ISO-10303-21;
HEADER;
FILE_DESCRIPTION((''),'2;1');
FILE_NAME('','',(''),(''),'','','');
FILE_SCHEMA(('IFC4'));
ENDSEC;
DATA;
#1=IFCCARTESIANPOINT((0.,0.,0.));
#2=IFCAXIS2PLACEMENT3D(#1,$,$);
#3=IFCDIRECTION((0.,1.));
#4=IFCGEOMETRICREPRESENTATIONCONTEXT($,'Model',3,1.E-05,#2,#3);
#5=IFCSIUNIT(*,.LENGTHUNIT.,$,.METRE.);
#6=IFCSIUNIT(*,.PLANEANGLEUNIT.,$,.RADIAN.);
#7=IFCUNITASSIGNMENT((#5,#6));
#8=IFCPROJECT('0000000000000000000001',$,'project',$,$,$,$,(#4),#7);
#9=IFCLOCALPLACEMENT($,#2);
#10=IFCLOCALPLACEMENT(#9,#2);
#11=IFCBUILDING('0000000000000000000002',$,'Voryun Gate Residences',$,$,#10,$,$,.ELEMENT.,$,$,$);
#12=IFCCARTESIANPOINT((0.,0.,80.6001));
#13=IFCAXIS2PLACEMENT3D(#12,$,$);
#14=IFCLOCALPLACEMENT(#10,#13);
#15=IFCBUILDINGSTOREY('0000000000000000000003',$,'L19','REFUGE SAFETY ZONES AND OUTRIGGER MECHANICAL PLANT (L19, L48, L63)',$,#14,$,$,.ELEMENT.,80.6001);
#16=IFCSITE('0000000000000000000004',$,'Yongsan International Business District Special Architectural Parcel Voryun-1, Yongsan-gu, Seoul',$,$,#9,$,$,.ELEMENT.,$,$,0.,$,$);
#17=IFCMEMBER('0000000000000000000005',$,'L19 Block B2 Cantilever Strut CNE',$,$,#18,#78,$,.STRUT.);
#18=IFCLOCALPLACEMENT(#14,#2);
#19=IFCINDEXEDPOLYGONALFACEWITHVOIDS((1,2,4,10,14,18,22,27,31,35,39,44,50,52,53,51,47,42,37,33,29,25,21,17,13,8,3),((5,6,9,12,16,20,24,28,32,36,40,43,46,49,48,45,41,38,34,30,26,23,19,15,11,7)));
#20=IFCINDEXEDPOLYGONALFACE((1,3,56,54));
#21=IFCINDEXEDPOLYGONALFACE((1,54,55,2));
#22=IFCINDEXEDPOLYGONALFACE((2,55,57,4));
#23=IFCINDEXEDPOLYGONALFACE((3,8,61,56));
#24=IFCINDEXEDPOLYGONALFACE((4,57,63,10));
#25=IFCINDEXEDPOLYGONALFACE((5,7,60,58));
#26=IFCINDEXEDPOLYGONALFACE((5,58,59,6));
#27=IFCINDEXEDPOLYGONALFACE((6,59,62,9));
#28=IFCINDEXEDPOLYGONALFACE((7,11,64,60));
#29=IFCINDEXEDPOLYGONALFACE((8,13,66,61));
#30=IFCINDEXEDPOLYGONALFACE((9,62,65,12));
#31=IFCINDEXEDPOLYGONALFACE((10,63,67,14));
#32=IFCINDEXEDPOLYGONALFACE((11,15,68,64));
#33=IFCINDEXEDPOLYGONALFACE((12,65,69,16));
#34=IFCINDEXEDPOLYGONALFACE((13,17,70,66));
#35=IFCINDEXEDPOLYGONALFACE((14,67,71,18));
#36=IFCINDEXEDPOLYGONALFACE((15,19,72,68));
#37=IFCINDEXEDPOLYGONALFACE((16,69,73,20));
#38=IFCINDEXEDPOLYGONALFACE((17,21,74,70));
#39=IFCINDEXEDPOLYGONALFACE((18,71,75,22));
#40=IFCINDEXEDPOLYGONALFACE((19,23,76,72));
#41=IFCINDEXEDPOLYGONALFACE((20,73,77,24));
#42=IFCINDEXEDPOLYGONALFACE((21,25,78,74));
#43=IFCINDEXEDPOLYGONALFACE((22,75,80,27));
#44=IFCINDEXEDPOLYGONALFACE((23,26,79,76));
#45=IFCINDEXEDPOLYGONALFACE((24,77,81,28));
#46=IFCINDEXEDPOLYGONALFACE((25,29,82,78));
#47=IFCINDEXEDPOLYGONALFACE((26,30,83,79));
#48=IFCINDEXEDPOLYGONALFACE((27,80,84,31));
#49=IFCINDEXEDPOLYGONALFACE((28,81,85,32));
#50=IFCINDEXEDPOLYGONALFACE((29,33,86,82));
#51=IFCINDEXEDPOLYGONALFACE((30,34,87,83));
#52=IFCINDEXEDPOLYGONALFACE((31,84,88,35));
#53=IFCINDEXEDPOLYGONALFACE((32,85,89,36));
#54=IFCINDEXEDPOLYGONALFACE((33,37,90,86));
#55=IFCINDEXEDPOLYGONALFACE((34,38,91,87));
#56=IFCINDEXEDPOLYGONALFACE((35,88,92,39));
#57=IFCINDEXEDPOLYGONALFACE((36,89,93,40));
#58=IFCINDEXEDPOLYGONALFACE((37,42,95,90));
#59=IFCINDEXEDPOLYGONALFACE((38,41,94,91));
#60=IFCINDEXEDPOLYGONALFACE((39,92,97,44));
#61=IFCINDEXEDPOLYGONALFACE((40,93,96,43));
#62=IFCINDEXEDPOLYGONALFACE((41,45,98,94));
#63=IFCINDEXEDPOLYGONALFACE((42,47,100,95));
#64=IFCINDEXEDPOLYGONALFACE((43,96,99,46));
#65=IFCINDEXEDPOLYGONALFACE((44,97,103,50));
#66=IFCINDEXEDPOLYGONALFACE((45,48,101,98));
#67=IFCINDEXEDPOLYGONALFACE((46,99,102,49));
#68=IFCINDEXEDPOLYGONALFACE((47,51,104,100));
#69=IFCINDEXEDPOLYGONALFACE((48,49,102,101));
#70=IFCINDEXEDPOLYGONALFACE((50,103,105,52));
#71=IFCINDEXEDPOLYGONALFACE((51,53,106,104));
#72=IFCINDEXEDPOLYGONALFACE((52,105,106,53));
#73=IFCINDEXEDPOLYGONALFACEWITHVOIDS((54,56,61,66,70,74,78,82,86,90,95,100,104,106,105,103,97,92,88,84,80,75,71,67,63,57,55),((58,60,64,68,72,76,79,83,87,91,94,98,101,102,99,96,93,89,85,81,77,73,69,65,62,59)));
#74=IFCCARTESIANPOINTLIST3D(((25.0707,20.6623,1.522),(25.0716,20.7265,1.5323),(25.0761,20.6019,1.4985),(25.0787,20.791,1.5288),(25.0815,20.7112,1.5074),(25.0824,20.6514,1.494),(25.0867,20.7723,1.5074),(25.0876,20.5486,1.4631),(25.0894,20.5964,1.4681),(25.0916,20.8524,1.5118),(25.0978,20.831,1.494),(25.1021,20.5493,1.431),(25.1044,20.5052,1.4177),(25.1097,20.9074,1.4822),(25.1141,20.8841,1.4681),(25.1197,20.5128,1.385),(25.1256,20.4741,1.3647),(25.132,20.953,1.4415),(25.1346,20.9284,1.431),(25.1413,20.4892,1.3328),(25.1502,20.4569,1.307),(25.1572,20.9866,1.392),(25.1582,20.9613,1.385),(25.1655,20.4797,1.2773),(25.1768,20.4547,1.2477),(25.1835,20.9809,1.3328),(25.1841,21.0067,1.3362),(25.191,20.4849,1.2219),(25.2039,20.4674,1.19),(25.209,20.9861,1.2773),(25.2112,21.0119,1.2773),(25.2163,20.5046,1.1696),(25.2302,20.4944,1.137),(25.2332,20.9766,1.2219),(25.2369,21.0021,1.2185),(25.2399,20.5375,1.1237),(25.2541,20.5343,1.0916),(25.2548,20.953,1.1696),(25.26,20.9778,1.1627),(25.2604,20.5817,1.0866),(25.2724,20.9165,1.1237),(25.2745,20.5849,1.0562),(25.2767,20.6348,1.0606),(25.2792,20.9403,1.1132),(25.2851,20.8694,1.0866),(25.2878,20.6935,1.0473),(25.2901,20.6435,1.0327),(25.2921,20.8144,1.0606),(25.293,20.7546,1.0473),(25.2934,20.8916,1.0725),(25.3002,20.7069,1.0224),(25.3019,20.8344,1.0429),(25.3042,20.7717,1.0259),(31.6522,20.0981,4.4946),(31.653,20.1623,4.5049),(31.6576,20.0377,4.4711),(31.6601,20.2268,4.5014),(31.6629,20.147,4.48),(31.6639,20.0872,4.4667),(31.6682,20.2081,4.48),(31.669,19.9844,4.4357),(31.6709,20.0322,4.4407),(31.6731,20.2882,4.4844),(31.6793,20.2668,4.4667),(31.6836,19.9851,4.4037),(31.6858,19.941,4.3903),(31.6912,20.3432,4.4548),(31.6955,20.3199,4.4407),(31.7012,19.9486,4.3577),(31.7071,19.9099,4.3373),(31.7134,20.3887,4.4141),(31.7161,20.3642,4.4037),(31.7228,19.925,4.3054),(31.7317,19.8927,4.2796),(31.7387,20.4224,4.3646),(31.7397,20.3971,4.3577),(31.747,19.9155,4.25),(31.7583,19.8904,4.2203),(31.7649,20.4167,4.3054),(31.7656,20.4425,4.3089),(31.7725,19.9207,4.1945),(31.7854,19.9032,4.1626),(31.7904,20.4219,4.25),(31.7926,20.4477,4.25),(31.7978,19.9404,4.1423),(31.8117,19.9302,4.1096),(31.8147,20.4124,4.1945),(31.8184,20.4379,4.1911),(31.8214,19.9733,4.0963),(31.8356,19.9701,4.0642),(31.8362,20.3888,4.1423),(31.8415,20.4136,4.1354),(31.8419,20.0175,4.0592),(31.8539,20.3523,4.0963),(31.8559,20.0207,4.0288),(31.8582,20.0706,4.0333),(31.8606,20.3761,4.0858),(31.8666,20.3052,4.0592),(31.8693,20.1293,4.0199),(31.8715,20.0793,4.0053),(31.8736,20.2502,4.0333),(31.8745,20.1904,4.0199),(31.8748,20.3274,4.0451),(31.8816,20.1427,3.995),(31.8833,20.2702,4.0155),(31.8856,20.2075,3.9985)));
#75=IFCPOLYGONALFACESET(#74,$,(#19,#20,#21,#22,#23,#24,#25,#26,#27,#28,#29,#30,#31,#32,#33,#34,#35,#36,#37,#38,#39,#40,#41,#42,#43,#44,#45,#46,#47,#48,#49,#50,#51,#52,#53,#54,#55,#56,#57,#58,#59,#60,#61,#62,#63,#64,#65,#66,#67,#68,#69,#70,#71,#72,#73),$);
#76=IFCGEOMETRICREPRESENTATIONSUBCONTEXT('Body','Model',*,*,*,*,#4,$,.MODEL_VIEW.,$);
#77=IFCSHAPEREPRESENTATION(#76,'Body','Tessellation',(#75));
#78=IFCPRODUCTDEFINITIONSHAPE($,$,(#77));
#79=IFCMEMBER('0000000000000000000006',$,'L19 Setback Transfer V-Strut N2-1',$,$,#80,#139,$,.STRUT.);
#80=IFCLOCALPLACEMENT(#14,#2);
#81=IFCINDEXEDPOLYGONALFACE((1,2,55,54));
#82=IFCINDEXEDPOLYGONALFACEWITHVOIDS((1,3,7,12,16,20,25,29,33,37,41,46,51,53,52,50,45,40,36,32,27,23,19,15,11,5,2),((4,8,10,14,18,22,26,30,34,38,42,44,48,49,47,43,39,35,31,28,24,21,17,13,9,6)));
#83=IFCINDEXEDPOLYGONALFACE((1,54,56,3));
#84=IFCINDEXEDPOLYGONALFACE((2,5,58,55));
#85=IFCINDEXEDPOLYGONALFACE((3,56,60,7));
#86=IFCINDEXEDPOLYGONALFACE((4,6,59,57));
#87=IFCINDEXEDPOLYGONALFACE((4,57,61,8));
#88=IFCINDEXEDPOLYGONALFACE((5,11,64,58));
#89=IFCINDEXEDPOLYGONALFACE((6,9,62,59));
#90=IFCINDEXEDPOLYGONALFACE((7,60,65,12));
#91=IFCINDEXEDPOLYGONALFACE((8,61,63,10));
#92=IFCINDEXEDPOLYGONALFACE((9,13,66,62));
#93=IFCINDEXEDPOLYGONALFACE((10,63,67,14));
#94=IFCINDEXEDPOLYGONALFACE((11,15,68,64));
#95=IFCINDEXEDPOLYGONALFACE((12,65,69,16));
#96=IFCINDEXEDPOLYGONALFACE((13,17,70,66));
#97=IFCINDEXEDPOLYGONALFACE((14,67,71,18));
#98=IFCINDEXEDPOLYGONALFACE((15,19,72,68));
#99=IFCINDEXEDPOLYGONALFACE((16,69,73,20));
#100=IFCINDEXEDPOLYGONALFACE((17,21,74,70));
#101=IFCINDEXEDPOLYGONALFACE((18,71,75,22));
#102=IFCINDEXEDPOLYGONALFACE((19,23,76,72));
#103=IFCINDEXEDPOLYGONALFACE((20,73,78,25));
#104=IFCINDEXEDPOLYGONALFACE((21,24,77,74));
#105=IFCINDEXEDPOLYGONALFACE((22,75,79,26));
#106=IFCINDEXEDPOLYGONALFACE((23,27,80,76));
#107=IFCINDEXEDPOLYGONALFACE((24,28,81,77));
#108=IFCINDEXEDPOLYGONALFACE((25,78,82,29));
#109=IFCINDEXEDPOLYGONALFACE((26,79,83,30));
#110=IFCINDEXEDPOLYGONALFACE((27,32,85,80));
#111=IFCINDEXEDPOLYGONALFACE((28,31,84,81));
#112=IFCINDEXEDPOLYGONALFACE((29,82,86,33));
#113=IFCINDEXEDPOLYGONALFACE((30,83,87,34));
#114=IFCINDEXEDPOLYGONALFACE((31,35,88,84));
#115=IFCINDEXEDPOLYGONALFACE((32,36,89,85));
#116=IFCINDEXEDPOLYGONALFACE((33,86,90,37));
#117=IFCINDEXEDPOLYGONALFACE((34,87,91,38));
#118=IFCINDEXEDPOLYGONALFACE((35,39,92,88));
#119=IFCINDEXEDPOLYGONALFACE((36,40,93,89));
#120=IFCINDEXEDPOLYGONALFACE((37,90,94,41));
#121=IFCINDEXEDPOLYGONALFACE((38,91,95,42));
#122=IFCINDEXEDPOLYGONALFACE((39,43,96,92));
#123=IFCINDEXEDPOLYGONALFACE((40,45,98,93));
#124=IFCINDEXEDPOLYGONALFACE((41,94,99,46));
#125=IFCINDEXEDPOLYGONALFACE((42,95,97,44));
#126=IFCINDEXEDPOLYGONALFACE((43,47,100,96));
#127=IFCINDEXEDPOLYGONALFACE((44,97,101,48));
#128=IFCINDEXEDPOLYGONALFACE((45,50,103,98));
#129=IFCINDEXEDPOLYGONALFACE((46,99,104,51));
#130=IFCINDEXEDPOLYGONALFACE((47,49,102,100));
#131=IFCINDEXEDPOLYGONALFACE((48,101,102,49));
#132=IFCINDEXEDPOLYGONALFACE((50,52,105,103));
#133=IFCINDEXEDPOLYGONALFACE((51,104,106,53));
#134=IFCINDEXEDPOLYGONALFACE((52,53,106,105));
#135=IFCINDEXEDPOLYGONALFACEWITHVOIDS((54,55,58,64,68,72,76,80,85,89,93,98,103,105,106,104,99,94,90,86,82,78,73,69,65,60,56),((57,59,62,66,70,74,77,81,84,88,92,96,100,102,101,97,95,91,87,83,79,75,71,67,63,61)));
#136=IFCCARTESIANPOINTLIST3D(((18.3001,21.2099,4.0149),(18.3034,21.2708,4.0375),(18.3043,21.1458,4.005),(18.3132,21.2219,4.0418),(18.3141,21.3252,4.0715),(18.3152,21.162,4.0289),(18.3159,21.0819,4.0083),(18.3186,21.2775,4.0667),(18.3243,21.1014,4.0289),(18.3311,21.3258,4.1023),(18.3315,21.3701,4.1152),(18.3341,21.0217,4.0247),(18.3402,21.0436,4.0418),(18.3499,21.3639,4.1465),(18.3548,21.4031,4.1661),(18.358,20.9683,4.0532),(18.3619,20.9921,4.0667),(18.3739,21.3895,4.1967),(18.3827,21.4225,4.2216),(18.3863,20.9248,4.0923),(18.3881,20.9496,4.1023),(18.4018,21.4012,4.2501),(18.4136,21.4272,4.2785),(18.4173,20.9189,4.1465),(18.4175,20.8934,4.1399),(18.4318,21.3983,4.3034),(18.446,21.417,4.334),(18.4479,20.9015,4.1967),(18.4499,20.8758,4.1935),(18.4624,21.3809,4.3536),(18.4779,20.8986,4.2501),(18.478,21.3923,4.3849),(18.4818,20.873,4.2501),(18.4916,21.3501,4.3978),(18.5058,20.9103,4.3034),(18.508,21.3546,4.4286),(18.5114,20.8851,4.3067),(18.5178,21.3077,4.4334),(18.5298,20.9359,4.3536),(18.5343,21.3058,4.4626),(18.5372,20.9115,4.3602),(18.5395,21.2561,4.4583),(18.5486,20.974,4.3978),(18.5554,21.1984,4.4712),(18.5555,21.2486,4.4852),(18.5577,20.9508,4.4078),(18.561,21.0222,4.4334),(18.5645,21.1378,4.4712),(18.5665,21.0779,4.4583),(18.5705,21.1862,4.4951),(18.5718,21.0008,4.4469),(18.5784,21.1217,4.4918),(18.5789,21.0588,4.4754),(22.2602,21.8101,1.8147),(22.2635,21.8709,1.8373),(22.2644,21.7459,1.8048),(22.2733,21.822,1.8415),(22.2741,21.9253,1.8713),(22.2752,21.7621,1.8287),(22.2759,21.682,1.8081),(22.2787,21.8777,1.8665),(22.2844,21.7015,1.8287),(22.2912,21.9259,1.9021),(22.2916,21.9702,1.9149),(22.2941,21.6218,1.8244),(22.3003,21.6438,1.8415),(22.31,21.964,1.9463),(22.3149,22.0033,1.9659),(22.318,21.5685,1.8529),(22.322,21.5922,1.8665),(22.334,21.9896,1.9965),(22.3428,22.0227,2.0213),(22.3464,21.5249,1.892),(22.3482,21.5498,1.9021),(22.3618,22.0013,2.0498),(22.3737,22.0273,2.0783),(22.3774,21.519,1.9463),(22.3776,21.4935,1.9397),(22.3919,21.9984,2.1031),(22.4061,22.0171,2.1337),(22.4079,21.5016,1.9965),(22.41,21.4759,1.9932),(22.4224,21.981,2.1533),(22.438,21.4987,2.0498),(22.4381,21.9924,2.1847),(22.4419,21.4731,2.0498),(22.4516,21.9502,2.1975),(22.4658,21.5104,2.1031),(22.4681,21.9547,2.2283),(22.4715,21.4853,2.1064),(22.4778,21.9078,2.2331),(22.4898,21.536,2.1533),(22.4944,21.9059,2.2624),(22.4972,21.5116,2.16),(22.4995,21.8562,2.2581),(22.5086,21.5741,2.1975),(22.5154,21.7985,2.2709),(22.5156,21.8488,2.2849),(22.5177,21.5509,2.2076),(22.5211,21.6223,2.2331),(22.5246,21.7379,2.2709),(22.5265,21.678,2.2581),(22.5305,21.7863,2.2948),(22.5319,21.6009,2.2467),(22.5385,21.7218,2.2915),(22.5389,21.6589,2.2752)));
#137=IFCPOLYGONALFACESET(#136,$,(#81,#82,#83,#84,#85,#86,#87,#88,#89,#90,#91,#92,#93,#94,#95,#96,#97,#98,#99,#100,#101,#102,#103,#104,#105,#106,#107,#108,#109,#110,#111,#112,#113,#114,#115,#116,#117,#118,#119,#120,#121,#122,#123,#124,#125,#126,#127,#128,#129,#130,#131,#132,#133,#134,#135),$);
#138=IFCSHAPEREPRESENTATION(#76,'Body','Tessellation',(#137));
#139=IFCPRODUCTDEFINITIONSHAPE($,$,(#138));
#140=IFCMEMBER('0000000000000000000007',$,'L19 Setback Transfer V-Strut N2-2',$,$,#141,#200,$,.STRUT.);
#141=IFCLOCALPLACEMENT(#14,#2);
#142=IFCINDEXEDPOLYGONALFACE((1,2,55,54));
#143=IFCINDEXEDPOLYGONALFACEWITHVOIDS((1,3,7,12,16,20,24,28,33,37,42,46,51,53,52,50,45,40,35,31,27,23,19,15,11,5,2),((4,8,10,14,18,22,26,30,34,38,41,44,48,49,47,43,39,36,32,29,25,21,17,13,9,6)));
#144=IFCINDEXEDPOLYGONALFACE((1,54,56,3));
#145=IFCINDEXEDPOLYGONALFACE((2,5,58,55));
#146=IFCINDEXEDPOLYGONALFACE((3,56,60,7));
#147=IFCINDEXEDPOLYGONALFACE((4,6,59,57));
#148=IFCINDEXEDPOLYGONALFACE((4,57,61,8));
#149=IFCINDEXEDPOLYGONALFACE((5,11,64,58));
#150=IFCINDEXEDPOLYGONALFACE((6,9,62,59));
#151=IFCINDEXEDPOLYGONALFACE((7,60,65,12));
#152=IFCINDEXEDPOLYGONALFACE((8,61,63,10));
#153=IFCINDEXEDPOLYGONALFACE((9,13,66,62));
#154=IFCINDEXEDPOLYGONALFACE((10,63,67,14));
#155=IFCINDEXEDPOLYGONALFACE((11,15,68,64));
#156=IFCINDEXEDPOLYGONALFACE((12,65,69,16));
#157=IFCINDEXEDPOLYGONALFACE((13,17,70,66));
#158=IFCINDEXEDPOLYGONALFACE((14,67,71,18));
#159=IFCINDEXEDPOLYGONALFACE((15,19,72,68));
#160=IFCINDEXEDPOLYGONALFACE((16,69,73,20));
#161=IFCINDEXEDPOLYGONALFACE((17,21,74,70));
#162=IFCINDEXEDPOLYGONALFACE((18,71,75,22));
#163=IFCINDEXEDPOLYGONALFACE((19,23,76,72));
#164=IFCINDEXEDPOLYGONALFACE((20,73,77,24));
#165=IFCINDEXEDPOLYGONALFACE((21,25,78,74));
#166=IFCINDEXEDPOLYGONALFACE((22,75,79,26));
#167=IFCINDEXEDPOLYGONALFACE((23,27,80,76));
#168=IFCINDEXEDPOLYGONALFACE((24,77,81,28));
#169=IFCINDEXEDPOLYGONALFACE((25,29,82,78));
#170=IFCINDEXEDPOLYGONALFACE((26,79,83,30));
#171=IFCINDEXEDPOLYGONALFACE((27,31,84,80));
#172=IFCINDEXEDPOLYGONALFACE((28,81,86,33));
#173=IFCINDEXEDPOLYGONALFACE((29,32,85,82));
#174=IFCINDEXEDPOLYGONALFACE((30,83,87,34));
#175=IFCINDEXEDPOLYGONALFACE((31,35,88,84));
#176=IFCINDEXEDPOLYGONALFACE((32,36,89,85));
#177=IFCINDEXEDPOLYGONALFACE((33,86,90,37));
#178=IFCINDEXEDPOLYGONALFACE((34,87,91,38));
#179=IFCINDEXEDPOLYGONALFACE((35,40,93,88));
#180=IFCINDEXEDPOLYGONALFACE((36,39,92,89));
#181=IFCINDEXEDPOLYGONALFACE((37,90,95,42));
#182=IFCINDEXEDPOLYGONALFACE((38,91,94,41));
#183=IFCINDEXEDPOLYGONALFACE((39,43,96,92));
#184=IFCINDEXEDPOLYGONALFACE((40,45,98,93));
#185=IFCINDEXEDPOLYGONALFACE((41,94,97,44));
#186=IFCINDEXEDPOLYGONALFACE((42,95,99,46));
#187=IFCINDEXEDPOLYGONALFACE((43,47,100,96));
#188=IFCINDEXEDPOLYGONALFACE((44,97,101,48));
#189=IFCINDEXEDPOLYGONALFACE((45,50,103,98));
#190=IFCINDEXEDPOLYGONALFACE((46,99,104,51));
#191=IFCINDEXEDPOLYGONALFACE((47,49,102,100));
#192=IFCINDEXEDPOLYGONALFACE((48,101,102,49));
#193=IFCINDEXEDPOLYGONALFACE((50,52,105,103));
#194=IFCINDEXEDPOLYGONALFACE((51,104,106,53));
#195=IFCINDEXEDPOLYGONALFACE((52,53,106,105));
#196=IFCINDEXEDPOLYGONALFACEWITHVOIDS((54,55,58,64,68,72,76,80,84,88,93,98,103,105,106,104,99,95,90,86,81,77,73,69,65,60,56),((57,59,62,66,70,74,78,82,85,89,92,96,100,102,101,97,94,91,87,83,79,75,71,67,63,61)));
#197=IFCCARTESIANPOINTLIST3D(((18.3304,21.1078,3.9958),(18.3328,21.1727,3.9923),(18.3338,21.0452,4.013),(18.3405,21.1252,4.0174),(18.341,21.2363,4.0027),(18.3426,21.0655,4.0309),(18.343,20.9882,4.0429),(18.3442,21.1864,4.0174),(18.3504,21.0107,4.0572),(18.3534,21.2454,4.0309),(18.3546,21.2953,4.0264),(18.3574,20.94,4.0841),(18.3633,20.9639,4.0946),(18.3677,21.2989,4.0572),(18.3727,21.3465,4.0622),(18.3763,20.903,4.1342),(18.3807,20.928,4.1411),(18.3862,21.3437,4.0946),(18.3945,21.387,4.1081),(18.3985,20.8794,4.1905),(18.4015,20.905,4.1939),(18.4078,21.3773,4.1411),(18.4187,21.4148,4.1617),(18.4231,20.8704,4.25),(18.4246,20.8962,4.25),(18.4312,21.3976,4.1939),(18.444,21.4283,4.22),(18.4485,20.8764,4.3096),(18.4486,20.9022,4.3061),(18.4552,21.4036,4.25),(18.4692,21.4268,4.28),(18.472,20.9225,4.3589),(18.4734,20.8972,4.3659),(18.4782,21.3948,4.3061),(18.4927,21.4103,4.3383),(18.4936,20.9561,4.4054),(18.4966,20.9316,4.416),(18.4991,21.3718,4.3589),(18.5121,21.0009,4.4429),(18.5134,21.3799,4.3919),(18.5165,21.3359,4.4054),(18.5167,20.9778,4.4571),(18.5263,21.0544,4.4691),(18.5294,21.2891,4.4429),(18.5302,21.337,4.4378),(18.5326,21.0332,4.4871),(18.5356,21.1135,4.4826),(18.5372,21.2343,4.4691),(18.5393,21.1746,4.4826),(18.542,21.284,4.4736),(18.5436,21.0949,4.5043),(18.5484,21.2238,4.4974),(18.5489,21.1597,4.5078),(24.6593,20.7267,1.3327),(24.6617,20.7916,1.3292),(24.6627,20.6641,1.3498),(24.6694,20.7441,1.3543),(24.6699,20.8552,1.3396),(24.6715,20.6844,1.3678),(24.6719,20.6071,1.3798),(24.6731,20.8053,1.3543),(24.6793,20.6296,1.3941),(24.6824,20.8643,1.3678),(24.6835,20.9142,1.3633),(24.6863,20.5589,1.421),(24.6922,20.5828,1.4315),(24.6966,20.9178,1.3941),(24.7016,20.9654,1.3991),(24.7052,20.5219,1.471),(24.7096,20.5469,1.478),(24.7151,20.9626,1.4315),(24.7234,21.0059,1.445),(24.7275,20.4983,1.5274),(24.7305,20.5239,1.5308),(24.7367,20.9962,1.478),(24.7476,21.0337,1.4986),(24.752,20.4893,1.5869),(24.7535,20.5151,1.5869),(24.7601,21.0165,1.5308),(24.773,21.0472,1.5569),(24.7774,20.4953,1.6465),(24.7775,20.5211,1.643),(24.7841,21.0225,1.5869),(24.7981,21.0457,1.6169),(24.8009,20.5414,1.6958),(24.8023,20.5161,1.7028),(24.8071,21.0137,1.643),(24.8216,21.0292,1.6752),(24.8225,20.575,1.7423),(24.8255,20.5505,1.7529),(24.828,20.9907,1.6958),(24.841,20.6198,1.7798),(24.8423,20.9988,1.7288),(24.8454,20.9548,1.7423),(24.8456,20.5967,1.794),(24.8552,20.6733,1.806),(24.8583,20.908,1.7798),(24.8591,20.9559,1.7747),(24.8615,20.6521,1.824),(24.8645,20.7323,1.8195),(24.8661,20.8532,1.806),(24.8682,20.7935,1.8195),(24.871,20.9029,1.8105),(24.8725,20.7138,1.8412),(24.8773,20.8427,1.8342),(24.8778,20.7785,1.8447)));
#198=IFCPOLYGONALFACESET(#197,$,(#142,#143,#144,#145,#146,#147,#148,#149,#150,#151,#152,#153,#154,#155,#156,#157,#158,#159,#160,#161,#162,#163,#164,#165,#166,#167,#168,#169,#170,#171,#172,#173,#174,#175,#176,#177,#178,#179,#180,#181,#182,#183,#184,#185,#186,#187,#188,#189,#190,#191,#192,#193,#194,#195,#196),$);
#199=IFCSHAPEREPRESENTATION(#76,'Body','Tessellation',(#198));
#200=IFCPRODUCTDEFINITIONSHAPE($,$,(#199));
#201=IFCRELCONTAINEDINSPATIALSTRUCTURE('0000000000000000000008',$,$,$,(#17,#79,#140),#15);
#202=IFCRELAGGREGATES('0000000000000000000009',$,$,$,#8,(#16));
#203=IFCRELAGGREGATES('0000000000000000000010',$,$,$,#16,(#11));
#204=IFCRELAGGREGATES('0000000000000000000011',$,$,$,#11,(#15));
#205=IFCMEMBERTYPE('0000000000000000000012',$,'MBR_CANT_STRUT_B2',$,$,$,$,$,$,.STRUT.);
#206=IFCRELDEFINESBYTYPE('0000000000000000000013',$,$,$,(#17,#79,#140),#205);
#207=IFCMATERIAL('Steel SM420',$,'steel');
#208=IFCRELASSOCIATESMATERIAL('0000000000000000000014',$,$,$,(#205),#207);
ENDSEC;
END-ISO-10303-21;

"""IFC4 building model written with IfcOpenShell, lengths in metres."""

from ifc_helpers import new_model, si_unit, direction, frame, origin, origin_2d, place, context, subcontext, project, spatial, hollow_circle, extrude, material, material_profile, profile_set, type_object, element, save


model = new_model("IFC4")

# Units and contexts
model_context = context("Model", 3, precision=1e-05, world=origin(), true_north=direction((0.0, 1.0)))
body_context = subcontext(model_context, "Body", "Model", "MODEL_VIEW")
ifc_project = project(units=[si_unit("LENGTHUNIT", "METRE"), si_unit("PLANEANGLEUNIT", "RADIAN")], contexts=[model_context])

# Site, building, storey
site_placement = place(None, origin())
site = spatial("IfcSite", under=ifc_project, at=site_placement, Name="Yongsan International Business District Special Architectural Parcel Voryun-1, Yongsan-gu, Seoul", CompositionType="ELEMENT", RefElevation=0.0)
building_placement = place(site_placement, origin())
building = spatial("IfcBuilding", under=site, at=building_placement, Name="Voryun Gate Residences", CompositionType="ELEMENT")
storey_placement = place(building_placement, frame((0.0, 0.0, 80.6001)))
storey = spatial("IfcBuildingStorey", under=building, at=storey_placement, Name="L19", Description="REFUGE SAFETY ZONES AND OUTRIGGER MECHANICAL PLANT (L19, L48, L63)", CompositionType="ELEMENT", Elevation=80.6001)

# Members
ifc_material_1 = material(Name="Steel SM420", Category="steel")
ifc_material_profile_1 = material_profile(ifc_material_1, hollow_circle(Radius=0.28, WallThickness=0.0259, at=origin_2d()), Name="CHS-560x26")
ifc_profile_set_1 = profile_set([ifc_material_profile_1], Name="Steel SM420")
member_type = type_object("IfcMemberType", Name="MBR_CANT_STRUT_B2", PredefinedType="STRUT", material=ifc_profile_set_1)
member_1_placement = place(storey_placement, frame((25.1873, 20.7329, 1.2773), z_axis=(0.908584, -0.077889, 0.410376), x_axis=(0.085413, 0.996346, 0.0)))
element("IfcMember", 1, at=member_1_placement, inside=storey, type_object=member_type, Name="L19 Block B2 Cantilever Strut CNE", PredefinedType="STRUT", context=body_context, shape_type="SweptSolid", body=[
    extrude(hollow_circle(Radius=0.28, WallThickness=0.0259, at=origin_2d()), origin(), (0.0, 0.0, 1.0), 7.2437),
])
member_2_placement = place(storey_placement, frame((22.3999, 21.75, 2.0498), z_axis=(-0.866567, -0.131321, 0.481474), x_axis=(0.149831, -0.988712, 0.0)))
element("IfcMember", 2, at=member_2_placement, inside=storey, type_object=member_type, Name="L19 Setback Transfer V-Strut N2-1", PredefinedType="STRUT", context=body_context, shape_type="SweptSolid", body=[
    extrude(hollow_circle(Radius=0.28, WallThickness=0.0259, at=origin_2d()), origin(), (0.0, 0.0, 1.0), 4.5698),
])
member_3_placement = place(storey_placement, frame((24.7688, 20.7688, 1.5869), z_axis=(-0.920307, 0.055418, 0.387251), x_axis=(-0.060108, -0.998192, 0.0)))
element("IfcMember", 3, at=member_3_placement, inside=storey, type_object=member_type, Name="L19 Setback Transfer V-Strut N2-2", PredefinedType="STRUT", context=body_context, shape_type="SweptSolid", body=[
    extrude(hollow_circle(Radius=0.28, WallThickness=0.0259, at=origin_2d()), origin(), (0.0, 0.0, 1.0), 6.877),
])

save(model, "model.ifc")
